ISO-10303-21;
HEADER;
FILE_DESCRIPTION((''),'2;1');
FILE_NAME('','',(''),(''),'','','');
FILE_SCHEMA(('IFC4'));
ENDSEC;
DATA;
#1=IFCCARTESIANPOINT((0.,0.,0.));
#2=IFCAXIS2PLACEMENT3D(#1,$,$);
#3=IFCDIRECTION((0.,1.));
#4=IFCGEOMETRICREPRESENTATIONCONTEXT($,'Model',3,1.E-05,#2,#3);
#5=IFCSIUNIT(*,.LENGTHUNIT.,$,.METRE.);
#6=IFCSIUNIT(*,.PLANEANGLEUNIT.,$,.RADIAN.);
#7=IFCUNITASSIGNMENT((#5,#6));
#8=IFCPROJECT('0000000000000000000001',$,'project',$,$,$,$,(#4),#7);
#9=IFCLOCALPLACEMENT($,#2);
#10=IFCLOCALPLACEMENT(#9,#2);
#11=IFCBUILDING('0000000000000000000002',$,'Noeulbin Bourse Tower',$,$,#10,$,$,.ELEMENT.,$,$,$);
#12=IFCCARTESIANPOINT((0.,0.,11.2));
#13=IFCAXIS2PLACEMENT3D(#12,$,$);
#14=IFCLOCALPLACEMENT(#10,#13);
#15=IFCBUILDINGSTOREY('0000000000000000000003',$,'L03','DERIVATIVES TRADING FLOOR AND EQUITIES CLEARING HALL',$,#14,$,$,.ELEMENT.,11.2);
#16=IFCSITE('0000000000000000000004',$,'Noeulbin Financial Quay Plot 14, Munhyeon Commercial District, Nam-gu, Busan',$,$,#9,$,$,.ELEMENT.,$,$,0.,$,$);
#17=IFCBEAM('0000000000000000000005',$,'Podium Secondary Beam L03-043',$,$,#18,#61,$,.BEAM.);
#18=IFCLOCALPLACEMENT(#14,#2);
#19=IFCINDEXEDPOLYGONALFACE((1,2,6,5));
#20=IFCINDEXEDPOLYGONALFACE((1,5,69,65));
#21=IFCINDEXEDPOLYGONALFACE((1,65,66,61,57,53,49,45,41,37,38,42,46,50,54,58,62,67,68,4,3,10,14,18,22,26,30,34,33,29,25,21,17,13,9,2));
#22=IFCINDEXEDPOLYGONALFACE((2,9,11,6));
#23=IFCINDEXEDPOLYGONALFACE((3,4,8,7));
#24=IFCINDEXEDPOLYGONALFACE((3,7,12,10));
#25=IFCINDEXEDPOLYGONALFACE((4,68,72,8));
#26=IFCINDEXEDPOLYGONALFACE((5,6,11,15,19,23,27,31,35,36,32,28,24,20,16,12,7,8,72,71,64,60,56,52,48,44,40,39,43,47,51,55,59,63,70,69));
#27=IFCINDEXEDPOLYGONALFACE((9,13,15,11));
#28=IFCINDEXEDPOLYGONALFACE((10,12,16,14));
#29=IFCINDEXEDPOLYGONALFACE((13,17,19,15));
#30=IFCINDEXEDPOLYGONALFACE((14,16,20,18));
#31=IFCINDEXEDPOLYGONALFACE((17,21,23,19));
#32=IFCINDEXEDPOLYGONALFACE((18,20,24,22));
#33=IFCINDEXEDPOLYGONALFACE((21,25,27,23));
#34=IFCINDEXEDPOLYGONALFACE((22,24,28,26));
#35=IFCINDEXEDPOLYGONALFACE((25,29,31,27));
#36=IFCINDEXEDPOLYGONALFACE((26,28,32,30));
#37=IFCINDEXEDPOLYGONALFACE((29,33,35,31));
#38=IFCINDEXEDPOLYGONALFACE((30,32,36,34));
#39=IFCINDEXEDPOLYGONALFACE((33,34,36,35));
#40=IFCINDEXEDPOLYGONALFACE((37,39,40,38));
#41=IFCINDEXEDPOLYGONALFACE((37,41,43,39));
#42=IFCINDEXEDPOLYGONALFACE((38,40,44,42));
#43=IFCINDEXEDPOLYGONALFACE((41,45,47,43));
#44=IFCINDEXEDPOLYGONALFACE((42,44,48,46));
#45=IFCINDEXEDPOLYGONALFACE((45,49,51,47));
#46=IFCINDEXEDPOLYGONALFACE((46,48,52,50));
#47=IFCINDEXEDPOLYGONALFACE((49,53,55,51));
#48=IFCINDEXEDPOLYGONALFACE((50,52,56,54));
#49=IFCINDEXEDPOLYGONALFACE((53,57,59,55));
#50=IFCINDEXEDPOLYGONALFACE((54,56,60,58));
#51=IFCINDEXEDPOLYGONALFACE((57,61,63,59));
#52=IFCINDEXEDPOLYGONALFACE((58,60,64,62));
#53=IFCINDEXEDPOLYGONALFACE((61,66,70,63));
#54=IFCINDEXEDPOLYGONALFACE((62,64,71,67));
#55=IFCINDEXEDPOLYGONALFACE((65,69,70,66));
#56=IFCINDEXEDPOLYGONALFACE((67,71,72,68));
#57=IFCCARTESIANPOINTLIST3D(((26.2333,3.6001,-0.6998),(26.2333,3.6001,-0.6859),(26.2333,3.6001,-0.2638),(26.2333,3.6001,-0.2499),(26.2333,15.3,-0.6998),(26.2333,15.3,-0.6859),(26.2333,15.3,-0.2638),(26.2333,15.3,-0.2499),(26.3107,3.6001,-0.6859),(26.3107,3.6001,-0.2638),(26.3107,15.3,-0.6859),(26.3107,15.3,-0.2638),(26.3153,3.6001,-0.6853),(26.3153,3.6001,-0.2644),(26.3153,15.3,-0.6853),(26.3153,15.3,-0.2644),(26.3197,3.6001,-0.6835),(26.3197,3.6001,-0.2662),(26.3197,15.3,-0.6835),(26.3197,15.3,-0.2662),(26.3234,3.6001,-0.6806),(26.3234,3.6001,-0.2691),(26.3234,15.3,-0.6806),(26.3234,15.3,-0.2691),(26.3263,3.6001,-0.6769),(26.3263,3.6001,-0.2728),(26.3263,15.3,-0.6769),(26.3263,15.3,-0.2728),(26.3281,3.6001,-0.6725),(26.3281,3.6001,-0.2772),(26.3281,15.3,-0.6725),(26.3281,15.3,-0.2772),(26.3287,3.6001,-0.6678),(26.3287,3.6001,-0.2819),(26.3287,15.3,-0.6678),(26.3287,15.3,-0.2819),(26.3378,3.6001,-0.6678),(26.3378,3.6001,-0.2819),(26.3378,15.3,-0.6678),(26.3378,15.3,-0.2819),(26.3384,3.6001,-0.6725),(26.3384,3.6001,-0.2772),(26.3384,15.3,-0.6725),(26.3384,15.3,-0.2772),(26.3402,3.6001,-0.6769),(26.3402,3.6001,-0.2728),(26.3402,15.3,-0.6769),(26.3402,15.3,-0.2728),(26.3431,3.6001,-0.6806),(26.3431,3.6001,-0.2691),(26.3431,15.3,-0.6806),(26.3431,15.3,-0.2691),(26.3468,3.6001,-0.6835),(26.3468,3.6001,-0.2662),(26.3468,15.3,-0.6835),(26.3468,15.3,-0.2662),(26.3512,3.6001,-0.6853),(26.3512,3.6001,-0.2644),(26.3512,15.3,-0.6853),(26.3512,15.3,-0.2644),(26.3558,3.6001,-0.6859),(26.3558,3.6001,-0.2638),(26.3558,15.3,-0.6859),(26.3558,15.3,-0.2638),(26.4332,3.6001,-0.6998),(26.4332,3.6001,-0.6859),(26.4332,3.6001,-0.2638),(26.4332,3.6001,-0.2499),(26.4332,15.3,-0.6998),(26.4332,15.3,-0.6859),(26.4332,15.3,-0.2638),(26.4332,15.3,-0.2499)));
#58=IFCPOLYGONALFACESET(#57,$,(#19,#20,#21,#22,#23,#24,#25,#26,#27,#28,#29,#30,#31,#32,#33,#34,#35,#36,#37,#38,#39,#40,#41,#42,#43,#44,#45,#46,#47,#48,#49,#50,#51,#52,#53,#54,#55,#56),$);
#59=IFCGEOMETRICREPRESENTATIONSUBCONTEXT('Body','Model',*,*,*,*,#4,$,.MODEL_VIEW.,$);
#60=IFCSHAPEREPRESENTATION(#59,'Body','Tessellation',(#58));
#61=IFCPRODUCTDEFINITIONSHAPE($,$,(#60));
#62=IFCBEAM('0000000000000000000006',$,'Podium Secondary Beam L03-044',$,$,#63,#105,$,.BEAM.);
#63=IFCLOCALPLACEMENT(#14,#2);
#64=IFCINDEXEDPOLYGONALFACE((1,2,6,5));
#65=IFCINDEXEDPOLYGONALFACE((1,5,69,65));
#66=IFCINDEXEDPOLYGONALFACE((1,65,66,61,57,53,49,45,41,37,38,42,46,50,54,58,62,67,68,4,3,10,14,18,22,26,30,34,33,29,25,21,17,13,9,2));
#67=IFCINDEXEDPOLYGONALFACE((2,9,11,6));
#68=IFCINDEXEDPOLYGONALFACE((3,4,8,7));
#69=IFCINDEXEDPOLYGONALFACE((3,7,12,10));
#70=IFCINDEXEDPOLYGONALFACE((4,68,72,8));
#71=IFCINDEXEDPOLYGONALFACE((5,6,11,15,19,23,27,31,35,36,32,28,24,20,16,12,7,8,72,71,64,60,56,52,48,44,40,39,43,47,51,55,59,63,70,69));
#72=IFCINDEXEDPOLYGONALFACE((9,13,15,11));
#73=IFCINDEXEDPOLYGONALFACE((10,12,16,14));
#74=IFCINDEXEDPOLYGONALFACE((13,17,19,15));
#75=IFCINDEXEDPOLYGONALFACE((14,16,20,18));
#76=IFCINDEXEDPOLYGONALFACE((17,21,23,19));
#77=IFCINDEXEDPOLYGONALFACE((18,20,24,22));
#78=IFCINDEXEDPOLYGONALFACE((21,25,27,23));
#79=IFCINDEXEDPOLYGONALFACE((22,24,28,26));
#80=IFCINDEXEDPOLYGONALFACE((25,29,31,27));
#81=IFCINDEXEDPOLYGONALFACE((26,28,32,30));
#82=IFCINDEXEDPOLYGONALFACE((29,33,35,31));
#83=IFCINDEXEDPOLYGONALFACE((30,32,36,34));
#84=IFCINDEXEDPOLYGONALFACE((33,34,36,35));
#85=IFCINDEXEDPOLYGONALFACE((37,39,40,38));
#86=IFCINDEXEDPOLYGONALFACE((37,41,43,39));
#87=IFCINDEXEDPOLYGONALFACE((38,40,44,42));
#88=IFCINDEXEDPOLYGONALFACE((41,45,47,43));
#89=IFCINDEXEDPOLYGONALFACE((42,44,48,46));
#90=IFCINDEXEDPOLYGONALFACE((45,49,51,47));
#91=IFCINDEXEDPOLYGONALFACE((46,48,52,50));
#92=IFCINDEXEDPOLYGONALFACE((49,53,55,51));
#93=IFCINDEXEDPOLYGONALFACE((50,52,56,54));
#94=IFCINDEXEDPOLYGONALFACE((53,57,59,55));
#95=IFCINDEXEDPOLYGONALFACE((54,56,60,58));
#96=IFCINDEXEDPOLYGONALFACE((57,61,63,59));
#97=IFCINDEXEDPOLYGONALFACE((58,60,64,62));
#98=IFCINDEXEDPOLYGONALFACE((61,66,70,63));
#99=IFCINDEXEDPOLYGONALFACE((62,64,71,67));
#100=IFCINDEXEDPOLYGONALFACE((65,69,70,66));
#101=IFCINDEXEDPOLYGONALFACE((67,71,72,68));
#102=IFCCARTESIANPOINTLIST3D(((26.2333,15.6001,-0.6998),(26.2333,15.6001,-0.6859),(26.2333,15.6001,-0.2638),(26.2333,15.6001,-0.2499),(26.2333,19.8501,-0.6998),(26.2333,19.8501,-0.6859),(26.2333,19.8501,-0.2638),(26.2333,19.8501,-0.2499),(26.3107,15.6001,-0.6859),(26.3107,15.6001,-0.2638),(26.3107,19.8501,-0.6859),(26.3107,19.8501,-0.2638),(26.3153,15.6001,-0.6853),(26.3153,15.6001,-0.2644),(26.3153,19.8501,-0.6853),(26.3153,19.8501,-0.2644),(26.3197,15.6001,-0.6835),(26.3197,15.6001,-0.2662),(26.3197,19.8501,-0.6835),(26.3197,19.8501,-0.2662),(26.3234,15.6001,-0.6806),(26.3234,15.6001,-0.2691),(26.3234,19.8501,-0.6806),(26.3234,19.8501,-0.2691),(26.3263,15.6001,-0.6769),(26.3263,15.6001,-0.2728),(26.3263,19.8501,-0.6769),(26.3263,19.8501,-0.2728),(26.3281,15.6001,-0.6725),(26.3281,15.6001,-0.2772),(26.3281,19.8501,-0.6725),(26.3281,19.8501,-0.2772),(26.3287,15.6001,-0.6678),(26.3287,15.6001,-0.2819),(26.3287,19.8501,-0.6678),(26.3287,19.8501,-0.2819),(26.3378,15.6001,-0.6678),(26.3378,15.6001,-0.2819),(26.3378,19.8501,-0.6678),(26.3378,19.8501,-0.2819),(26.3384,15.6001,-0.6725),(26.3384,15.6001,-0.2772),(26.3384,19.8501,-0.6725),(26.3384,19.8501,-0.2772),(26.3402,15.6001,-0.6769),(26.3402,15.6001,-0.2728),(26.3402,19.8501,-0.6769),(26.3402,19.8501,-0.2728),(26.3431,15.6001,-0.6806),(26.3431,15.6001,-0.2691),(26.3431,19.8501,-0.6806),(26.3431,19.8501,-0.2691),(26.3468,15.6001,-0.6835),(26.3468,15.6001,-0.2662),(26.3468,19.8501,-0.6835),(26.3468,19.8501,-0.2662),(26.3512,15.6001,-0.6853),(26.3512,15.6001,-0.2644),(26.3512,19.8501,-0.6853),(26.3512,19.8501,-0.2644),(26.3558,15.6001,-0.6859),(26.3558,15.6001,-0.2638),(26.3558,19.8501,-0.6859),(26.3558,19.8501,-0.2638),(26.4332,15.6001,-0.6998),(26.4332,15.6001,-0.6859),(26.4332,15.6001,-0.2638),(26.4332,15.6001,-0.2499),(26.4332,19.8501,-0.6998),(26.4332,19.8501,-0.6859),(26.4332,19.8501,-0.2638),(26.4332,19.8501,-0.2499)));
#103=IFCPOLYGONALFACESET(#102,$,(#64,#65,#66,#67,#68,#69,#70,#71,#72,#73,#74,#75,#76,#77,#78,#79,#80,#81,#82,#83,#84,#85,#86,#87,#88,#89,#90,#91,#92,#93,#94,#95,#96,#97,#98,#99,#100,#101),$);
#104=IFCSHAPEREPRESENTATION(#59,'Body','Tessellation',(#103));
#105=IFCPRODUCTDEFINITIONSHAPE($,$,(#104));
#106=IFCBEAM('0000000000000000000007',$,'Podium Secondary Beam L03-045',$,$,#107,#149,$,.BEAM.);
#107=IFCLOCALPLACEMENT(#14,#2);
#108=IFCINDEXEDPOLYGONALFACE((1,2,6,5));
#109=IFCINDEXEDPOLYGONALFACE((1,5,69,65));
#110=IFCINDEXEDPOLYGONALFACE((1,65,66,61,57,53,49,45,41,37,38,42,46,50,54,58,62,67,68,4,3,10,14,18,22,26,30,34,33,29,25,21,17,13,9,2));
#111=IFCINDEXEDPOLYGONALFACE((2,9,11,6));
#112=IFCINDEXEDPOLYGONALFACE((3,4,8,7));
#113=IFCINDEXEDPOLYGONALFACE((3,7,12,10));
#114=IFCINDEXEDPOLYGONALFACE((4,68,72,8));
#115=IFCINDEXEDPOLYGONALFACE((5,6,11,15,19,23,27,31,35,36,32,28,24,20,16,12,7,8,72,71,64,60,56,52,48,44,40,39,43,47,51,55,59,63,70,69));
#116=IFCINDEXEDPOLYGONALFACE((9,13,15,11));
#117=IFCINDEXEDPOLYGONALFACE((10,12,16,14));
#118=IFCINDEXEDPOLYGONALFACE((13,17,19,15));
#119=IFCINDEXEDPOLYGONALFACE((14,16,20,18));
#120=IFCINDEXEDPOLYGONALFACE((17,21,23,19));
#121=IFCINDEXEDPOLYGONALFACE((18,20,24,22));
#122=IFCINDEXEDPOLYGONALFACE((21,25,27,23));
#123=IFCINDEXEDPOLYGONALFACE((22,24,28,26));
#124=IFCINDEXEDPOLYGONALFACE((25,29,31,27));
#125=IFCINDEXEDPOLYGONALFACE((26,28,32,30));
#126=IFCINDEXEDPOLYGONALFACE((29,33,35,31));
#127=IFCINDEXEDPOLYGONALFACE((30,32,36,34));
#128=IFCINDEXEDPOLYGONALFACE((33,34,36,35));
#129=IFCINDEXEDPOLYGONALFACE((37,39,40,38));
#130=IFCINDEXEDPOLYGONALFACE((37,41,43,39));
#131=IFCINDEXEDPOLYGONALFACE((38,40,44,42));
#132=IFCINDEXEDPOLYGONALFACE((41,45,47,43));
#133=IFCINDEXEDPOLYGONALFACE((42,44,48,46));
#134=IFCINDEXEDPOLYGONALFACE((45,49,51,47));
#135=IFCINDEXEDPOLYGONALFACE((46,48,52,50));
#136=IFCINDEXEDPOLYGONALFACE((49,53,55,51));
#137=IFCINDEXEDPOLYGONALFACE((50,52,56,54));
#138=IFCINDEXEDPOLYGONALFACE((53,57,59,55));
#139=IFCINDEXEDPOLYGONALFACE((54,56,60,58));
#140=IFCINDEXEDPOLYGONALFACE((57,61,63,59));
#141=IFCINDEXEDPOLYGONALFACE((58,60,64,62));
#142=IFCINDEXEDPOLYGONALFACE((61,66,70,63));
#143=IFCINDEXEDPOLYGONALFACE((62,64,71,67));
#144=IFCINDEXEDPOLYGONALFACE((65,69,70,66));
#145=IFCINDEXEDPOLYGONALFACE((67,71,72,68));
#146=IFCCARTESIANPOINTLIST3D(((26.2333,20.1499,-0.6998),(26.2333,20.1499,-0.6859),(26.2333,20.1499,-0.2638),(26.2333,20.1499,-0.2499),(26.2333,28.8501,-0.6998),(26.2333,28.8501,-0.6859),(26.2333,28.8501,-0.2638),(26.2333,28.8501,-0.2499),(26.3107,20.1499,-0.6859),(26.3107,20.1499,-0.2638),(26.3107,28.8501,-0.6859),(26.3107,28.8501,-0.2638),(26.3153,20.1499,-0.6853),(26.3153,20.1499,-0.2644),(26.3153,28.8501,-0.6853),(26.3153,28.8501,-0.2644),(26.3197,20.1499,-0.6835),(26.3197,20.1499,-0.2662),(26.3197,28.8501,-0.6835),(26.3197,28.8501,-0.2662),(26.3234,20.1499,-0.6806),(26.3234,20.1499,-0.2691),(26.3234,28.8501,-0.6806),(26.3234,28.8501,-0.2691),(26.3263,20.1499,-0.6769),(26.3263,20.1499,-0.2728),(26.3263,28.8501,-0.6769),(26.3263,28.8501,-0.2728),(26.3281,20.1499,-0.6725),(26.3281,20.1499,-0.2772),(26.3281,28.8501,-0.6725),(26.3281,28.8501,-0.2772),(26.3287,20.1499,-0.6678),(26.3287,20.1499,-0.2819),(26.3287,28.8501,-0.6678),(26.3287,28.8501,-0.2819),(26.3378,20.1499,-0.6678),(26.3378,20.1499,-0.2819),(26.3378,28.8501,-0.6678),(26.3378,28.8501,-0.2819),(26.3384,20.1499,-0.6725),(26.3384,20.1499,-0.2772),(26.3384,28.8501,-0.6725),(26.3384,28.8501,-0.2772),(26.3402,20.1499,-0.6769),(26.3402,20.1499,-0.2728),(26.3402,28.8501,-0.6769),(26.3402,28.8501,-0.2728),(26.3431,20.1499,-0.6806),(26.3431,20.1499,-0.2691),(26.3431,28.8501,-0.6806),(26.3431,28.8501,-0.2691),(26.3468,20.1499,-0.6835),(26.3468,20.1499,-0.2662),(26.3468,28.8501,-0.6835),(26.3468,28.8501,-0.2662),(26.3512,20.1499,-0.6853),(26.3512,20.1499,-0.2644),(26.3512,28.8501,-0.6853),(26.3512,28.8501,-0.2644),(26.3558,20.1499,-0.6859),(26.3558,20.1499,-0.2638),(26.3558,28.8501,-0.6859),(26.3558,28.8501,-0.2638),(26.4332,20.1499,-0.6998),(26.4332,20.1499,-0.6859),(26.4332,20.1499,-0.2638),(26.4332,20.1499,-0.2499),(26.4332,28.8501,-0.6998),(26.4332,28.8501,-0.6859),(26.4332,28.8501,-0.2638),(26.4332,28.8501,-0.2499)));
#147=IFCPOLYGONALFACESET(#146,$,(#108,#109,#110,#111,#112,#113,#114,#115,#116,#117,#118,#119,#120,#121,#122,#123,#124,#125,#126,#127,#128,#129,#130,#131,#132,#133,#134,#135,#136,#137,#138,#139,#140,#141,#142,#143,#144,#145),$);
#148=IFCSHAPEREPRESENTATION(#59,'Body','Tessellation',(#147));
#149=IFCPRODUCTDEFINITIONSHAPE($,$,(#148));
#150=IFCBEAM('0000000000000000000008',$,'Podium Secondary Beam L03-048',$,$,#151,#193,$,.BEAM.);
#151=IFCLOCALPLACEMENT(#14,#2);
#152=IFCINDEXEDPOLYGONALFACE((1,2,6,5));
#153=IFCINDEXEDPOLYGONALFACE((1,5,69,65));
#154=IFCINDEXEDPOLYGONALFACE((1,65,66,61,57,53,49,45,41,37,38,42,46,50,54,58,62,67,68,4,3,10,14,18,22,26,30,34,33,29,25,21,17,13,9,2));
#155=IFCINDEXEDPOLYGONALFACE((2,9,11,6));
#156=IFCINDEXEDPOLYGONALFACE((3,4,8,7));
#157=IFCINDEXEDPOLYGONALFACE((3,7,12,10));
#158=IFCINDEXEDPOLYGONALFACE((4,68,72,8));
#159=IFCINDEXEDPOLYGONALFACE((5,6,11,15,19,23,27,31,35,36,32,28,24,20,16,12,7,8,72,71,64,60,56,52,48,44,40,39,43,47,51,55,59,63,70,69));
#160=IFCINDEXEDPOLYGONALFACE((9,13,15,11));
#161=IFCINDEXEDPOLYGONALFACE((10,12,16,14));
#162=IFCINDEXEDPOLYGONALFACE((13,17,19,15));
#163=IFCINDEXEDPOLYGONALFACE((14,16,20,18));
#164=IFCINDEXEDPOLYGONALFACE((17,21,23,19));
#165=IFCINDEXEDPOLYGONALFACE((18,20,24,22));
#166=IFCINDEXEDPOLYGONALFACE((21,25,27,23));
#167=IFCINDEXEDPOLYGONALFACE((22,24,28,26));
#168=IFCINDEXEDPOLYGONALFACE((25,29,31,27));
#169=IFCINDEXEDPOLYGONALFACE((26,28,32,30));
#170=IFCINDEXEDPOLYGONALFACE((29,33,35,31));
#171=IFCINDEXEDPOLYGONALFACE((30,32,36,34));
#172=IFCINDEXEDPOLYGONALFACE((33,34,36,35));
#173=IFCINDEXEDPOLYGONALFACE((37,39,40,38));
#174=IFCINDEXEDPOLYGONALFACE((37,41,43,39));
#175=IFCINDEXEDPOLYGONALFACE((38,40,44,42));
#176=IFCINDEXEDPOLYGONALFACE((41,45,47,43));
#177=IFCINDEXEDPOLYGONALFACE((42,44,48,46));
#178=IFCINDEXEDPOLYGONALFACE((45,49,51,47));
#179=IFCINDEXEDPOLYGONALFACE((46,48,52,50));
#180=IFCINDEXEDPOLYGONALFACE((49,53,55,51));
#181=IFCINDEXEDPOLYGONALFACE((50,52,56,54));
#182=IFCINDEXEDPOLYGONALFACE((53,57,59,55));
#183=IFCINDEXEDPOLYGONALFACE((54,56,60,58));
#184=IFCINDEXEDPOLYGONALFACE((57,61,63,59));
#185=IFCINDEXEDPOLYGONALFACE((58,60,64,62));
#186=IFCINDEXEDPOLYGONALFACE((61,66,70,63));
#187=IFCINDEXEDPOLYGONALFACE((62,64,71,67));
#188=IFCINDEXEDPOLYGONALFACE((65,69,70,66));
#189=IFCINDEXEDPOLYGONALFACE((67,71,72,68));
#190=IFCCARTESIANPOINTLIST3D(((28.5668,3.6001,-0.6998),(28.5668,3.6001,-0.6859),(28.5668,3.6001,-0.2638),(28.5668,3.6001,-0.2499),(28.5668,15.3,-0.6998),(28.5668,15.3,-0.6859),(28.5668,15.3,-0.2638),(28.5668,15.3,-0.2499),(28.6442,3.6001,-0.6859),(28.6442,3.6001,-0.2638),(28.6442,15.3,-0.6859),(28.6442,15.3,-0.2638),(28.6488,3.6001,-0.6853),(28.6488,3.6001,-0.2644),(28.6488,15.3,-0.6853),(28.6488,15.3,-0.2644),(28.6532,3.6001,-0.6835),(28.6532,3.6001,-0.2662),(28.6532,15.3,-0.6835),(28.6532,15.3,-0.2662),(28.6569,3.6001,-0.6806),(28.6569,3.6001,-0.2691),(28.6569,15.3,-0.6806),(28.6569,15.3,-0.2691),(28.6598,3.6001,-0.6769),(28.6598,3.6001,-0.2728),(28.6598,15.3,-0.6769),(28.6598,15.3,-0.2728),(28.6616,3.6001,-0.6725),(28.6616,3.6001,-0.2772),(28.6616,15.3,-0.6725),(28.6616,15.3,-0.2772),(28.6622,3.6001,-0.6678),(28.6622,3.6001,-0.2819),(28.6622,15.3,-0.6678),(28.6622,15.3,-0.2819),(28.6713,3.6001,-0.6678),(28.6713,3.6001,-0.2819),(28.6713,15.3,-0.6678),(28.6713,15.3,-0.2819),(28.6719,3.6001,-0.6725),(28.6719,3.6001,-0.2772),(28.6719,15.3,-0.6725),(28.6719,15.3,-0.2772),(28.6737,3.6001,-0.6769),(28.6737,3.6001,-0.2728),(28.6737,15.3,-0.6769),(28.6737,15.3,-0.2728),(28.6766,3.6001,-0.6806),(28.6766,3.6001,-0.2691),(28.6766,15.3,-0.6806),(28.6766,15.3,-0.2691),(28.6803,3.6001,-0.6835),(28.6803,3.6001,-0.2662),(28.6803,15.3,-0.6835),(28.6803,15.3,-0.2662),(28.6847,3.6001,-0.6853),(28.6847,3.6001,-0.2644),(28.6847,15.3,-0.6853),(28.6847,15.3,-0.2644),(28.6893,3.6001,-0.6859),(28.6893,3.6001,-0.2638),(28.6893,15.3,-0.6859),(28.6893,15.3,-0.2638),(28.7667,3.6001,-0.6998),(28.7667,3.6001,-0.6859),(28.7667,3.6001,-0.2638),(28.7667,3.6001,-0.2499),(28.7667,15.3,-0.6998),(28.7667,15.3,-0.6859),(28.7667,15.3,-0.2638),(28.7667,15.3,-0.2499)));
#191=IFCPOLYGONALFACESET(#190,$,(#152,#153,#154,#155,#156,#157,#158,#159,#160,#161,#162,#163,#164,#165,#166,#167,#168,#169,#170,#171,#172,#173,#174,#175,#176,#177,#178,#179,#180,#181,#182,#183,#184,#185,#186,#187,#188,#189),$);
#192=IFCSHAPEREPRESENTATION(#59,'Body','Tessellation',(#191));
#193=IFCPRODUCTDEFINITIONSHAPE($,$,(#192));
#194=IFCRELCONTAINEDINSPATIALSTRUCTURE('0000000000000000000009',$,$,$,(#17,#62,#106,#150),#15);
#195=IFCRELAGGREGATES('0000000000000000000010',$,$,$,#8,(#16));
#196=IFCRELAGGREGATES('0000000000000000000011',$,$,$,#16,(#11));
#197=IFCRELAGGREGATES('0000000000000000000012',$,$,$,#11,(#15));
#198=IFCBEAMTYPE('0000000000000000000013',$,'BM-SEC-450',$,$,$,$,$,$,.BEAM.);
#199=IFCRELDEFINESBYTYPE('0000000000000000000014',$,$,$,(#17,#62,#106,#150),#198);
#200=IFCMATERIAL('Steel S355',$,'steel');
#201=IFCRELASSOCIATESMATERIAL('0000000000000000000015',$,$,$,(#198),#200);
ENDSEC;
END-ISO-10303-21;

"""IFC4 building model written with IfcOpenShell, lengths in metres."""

from ifc_helpers import new_model, si_unit, direction, frame, origin, origin_2d, place, context, subcontext, project, spatial, i_section, extrude, material, material_profile, profile_set, type_object, element, save


model = new_model("IFC4")

# Units and contexts
model_context = context("Model", 3, precision=1e-05, world=origin(), true_north=direction((0.0, 1.0)))
body_context = subcontext(model_context, "Body", "Model", "MODEL_VIEW")
ifc_project = project(units=[si_unit("LENGTHUNIT", "METRE"), si_unit("PLANEANGLEUNIT", "RADIAN")], contexts=[model_context])

# Site, building, storey
site_placement = place(None, origin())
site = spatial("IfcSite", under=ifc_project, at=site_placement, Name="Noeulbin Financial Quay Plot 14, Munhyeon Commercial District, Nam-gu, Busan", CompositionType="ELEMENT", RefElevation=0.0)
building_placement = place(site_placement, origin())
building = spatial("IfcBuilding", under=site, at=building_placement, Name="Noeulbin Bourse Tower", CompositionType="ELEMENT")
storey_placement = place(building_placement, frame((0.0, 0.0, 11.2)))
storey = spatial("IfcBuildingStorey", under=building, at=storey_placement, Name="L03", Description="DERIVATIVES TRADING FLOOR AND EQUITIES CLEARING HALL", CompositionType="ELEMENT", Elevation=11.2)

# Beams
ifc_material_1 = material(Name="Steel S355", Category="steel")
ifc_material_profile_1 = material_profile(ifc_material_1, i_section(OverallWidth=0.2, OverallDepth=0.45, WebThickness=0.009, FlangeThickness=0.0139, FilletRadius=0.0181, at=origin_2d()), Name="H-450x200x9x14", Category="LoadBearing")
ifc_profile_set_1 = profile_set([ifc_material_profile_1], Name="Steel S355")
beam_type_1 = type_object("IfcBeamType", Name="BM-SEC-450", PredefinedType="BEAM", material=ifc_profile_set_1)
beam_1_placement = place(storey_placement, frame((26.3333, 3.6001, -0.4749), z_axis=(0.0, 1.0, 0.0), x_axis=(-1.0, 0.0, 0.0)))
element("IfcBeam", 1, at=beam_1_placement, inside=storey, type_object=beam_type_1, Name="Podium Secondary Beam L03-043", PredefinedType="BEAM", context=body_context, shape_type="SweptSolid", body=[
    extrude(i_section(OverallWidth=0.2, OverallDepth=0.45, WebThickness=0.009, FlangeThickness=0.0139, FilletRadius=0.0181, at=origin_2d()), origin(), (0.0, 0.0, 1.0), 11.7),
])
beam_2_placement = place(storey_placement, frame((26.3333, 15.6001, -0.4749), z_axis=(0.0, 1.0, 0.0), x_axis=(-1.0, 0.0, 0.0)))
element("IfcBeam", 2, at=beam_2_placement, inside=storey, type_object=beam_type_1, Name="Podium Secondary Beam L03-044", PredefinedType="BEAM", context=body_context, shape_type="SweptSolid", body=[
    extrude(i_section(OverallWidth=0.2, OverallDepth=0.45, WebThickness=0.009, FlangeThickness=0.0139, FilletRadius=0.0181, at=origin_2d()), origin(), (0.0, 0.0, 1.0), 4.25),
])
beam_3_placement = place(storey_placement, frame((26.3333, 20.1499, -0.4749), z_axis=(0.0, 1.0, 0.0), x_axis=(-1.0, 0.0, 0.0)))
element("IfcBeam", 3, at=beam_3_placement, inside=storey, type_object=beam_type_1, Name="Podium Secondary Beam L03-045", PredefinedType="BEAM", context=body_context, shape_type="SweptSolid", body=[
    extrude(i_section(OverallWidth=0.2, OverallDepth=0.45, WebThickness=0.009, FlangeThickness=0.0139, FilletRadius=0.0181, at=origin_2d()), origin(), (0.0, 0.0, 1.0), 8.7002),
])
beam_4_placement = place(storey_placement, frame((28.6667, 3.6001, -0.4749), z_axis=(0.0, 1.0, 0.0), x_axis=(-1.0, 0.0, 0.0)))
element("IfcBeam", 4, at=beam_4_placement, inside=storey, type_object=beam_type_1, Name="Podium Secondary Beam L03-048", PredefinedType="BEAM", context=body_context, shape_type="SweptSolid", body=[
    extrude(i_section(OverallWidth=0.2, OverallDepth=0.45, WebThickness=0.009, FlangeThickness=0.0139, FilletRadius=0.0181, at=origin_2d()), origin(), (0.0, 0.0, 1.0), 11.7),
])

save(model, "model.ifc")
